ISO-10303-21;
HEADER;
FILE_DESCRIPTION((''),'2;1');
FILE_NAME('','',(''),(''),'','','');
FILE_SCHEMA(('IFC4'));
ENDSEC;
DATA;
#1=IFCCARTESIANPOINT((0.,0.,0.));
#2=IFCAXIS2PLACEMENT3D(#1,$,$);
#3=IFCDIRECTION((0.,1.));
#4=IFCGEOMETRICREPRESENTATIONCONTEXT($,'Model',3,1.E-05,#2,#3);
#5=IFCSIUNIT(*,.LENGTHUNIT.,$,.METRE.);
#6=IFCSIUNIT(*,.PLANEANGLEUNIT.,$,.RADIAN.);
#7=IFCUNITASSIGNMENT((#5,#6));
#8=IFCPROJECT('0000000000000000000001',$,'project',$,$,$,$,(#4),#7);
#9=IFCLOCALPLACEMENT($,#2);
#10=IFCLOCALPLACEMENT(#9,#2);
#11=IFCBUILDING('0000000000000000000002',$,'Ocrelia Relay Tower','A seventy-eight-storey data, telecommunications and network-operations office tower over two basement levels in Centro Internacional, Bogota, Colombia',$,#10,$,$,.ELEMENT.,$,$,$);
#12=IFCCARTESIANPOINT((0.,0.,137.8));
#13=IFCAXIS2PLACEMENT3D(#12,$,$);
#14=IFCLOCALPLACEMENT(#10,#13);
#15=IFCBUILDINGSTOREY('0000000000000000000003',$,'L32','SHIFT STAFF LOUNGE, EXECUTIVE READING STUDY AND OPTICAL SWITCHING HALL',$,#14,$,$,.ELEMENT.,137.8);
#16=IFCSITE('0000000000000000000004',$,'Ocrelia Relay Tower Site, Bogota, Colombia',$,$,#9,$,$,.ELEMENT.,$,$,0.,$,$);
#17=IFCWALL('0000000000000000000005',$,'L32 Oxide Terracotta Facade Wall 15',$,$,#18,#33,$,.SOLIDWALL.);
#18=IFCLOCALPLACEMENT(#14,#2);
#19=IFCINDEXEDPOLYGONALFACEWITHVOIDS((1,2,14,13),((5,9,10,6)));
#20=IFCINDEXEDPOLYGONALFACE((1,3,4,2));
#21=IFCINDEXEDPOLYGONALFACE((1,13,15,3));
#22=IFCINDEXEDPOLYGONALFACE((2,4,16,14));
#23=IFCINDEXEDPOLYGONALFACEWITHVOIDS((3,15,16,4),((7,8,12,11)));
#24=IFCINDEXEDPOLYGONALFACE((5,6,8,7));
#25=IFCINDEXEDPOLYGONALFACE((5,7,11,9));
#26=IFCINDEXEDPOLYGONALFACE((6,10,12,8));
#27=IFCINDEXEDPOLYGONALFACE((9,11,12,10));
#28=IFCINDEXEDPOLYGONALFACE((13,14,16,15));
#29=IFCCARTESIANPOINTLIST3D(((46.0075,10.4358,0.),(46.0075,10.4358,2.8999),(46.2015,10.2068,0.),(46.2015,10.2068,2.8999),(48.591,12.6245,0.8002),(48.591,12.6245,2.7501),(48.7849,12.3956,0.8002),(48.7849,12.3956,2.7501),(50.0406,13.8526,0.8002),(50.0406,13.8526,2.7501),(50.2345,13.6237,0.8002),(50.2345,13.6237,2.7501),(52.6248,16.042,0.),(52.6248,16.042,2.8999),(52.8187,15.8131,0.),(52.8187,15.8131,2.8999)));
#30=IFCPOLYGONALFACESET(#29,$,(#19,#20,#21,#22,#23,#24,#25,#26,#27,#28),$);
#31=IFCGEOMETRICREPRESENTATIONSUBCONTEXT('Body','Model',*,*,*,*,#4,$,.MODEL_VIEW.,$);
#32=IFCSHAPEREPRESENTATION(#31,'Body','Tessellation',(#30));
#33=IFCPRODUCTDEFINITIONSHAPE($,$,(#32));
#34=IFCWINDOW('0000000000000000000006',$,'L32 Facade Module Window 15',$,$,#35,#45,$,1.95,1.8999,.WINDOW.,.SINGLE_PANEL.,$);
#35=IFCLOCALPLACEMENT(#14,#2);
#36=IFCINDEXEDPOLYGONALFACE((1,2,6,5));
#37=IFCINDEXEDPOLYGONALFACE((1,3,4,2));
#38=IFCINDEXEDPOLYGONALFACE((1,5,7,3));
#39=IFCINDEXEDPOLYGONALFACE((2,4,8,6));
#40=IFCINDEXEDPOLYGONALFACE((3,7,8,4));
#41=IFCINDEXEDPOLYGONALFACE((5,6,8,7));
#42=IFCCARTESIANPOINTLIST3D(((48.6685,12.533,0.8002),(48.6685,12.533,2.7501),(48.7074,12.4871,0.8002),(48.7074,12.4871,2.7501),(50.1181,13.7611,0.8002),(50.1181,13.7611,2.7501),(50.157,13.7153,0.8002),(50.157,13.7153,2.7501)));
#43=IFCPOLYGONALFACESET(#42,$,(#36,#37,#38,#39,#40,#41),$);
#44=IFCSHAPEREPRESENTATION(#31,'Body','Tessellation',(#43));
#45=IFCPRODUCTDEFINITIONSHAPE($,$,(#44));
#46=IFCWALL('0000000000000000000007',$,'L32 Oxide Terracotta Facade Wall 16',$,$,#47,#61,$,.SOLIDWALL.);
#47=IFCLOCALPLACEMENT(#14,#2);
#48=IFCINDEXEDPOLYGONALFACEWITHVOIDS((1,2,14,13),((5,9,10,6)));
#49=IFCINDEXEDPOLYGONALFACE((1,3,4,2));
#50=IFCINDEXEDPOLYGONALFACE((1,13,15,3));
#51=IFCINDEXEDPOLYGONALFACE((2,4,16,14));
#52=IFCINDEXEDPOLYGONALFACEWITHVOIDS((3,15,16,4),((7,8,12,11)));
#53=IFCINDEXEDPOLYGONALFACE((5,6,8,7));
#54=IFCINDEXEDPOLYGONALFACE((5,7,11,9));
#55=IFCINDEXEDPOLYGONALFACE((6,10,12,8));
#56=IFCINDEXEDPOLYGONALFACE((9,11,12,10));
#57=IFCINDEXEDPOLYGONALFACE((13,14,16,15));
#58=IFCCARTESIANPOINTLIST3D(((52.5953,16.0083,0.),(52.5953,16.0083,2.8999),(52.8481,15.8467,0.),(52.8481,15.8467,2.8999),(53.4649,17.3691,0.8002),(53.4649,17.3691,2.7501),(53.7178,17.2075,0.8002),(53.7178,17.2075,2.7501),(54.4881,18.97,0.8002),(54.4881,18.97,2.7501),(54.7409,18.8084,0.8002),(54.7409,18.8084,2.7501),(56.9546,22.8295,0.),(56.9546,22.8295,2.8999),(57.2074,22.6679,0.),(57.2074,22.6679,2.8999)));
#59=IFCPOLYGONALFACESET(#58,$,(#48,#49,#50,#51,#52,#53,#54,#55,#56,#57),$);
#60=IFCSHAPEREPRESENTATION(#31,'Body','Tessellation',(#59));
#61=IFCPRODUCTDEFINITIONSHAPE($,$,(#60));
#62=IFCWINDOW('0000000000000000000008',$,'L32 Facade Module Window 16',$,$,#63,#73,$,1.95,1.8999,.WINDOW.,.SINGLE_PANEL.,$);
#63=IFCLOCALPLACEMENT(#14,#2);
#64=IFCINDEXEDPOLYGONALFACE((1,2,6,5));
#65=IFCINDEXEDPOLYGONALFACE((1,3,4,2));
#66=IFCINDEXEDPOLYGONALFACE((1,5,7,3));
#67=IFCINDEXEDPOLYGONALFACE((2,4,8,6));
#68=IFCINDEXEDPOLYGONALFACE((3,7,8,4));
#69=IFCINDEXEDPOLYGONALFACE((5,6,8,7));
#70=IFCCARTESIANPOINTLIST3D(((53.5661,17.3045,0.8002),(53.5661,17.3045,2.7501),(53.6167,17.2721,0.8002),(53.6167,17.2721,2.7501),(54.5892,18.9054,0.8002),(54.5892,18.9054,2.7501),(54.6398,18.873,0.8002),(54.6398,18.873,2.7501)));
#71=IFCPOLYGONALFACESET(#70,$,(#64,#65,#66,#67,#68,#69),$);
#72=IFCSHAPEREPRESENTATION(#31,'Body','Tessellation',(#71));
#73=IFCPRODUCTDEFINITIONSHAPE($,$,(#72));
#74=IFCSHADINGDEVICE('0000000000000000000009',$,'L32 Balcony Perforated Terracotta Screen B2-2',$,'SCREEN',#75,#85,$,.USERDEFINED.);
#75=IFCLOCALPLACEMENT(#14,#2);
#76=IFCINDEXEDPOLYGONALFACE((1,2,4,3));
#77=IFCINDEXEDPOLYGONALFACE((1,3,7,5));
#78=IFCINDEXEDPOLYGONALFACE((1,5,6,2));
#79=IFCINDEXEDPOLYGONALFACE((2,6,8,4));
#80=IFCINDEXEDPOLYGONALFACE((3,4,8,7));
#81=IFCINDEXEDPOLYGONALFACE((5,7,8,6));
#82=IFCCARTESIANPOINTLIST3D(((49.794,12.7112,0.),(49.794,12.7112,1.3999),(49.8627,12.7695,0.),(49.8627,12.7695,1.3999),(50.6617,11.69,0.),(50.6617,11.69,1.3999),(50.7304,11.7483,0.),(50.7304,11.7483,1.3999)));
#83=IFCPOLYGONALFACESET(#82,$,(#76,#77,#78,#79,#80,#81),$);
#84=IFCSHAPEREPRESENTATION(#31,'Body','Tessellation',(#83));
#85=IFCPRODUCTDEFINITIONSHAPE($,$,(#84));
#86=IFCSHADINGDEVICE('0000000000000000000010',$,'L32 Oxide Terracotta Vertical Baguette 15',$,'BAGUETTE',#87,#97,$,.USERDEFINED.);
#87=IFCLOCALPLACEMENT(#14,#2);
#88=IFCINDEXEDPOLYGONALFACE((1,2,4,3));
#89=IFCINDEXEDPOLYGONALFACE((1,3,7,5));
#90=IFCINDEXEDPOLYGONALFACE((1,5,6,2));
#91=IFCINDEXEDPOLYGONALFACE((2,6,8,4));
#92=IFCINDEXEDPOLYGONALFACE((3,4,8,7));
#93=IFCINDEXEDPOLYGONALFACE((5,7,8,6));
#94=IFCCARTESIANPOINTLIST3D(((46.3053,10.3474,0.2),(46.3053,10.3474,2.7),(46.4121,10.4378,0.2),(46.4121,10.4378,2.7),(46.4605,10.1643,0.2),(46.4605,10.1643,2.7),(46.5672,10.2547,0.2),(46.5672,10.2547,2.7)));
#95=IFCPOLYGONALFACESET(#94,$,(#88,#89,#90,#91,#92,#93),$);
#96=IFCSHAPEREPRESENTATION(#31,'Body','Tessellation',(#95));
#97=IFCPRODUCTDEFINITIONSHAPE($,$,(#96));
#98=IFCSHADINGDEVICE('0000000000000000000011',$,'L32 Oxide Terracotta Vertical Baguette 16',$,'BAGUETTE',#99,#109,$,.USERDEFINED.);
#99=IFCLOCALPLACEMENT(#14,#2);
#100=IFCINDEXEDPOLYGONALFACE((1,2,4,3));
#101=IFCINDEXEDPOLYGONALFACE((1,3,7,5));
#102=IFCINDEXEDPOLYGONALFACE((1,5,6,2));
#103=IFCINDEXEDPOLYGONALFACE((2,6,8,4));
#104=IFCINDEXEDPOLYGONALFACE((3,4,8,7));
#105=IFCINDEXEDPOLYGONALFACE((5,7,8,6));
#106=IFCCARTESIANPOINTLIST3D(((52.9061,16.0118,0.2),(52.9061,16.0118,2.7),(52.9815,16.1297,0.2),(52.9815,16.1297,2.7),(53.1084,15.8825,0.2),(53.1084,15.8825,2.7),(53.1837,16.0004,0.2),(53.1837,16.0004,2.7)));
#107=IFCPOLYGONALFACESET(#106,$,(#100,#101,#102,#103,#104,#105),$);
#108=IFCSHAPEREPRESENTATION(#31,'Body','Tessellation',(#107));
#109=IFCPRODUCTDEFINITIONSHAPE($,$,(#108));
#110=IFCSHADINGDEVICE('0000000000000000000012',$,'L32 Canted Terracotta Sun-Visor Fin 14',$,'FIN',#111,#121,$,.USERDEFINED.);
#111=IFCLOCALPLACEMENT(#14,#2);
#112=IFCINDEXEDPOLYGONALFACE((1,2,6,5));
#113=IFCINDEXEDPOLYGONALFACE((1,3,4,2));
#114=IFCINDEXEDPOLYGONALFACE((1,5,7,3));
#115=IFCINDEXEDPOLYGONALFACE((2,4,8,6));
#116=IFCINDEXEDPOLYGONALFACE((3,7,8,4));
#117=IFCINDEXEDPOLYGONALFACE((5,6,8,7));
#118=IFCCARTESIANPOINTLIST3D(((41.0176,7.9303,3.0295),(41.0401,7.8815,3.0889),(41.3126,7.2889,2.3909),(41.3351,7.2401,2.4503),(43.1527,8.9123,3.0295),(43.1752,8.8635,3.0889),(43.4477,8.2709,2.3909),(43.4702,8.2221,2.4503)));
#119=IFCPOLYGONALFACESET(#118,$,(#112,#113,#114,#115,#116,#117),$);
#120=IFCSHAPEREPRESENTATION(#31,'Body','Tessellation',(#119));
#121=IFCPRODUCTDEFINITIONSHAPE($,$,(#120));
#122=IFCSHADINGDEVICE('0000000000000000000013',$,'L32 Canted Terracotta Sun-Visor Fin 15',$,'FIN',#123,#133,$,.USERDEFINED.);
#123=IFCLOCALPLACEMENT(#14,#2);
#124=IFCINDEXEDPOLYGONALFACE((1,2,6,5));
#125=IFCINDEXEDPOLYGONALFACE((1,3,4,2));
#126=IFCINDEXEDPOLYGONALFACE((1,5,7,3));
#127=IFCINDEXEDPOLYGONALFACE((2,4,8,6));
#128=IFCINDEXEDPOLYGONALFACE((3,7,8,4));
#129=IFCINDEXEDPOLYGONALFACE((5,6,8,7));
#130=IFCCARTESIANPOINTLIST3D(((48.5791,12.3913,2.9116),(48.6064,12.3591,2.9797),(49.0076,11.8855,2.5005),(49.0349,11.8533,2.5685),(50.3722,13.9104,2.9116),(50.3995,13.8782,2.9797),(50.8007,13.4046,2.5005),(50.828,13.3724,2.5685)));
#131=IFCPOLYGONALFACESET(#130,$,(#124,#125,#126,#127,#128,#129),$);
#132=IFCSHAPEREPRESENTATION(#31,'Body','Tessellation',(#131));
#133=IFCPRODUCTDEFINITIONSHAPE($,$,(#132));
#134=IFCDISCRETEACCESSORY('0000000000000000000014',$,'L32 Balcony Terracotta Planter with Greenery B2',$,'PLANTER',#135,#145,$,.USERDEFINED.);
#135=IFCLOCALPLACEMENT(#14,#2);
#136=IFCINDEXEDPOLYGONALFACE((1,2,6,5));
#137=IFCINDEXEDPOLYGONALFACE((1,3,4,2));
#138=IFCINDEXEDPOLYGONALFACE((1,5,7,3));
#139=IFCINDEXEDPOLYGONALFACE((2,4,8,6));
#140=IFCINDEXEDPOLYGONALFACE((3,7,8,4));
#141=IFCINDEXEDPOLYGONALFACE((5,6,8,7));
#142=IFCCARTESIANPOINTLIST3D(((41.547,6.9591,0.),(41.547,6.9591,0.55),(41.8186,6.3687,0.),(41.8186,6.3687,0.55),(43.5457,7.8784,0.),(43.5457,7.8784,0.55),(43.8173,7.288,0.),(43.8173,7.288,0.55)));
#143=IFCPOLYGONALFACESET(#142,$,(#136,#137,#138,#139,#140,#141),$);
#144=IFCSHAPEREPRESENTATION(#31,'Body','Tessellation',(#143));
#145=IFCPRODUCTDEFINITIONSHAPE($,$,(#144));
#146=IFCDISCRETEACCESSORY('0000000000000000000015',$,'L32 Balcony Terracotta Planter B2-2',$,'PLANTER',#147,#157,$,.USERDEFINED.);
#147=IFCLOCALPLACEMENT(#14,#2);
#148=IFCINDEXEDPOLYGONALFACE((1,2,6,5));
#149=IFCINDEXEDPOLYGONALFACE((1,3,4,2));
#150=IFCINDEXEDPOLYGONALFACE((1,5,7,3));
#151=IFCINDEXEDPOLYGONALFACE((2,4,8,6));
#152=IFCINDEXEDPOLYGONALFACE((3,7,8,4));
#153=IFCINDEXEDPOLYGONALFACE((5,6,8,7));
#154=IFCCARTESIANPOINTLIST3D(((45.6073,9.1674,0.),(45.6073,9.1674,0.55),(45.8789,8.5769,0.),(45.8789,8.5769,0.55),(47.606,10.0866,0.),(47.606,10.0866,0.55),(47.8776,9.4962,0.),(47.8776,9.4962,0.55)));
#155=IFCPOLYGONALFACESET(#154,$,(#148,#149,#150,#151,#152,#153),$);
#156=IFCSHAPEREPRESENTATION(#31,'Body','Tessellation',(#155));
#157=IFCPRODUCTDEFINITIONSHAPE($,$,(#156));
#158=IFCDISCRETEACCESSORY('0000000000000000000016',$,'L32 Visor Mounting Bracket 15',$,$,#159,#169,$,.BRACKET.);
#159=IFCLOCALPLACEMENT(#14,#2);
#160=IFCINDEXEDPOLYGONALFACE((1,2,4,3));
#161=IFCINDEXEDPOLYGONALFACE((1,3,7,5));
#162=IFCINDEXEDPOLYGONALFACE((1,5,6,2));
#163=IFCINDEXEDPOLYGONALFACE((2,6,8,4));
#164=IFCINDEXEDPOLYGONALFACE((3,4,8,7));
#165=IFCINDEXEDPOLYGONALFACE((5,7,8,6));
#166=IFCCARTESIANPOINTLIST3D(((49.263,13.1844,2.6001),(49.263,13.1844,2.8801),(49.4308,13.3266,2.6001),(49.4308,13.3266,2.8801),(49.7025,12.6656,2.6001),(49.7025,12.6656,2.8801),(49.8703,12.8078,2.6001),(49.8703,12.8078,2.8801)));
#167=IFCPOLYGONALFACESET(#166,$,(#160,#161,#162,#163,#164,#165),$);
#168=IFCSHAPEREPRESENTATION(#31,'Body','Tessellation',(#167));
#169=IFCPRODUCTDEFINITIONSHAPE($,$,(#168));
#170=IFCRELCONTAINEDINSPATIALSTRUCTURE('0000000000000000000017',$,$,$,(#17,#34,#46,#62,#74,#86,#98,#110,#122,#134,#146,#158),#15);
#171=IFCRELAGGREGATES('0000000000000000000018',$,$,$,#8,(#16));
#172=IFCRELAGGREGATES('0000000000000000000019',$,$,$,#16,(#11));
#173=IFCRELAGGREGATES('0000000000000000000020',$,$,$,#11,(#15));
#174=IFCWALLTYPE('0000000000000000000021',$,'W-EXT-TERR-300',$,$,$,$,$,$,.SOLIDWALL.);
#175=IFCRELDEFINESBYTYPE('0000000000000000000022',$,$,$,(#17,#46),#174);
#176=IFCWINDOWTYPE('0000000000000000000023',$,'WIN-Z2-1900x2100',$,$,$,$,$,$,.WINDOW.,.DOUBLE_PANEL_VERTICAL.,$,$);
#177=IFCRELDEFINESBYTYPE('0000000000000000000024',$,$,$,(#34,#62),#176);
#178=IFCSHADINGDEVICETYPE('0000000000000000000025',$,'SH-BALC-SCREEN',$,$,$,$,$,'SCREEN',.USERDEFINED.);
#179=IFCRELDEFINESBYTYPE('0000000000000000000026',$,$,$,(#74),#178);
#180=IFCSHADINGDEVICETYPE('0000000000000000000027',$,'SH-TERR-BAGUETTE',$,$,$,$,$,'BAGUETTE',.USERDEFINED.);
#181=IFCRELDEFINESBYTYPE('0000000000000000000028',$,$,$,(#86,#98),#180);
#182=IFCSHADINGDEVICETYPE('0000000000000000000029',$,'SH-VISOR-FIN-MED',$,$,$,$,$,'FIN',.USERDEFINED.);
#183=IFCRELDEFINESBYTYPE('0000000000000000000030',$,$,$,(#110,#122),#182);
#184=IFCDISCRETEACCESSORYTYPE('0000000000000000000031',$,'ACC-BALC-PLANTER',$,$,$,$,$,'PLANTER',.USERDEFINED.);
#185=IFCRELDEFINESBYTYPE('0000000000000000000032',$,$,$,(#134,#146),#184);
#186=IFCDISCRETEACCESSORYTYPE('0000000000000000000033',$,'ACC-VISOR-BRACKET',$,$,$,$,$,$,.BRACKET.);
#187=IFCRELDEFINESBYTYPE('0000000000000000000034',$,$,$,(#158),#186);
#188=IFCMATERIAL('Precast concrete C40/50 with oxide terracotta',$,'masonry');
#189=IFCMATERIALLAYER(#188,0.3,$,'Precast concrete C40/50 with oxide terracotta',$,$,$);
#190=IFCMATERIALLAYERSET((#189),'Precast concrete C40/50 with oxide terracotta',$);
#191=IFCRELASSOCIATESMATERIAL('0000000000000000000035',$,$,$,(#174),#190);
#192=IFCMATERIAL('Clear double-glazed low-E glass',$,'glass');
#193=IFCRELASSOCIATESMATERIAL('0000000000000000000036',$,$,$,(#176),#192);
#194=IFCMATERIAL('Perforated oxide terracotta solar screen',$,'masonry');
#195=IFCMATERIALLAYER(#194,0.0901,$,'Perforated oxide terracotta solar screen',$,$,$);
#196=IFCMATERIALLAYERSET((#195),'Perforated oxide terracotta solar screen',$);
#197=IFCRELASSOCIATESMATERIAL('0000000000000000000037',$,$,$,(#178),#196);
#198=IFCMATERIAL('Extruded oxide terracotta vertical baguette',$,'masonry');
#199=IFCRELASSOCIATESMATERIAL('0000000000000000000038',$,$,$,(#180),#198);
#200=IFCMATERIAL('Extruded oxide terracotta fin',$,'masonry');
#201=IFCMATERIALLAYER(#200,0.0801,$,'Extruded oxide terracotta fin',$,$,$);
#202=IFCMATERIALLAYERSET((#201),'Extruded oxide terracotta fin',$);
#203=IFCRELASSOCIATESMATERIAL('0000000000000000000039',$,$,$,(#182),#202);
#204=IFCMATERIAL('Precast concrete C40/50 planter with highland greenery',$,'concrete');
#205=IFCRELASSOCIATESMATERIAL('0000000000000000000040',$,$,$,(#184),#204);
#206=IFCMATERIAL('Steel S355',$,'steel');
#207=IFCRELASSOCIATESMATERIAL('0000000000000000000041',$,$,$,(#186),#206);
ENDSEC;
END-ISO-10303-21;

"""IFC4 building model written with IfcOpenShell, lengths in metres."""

from ifc_helpers import new_model, si_unit, direction, frame, frame_2d, origin, origin_2d, place, context, subcontext, project, spatial, rectangle, extrude, material, layer, layer_set, type_object, element, fill, save


model = new_model("IFC4")

# Units and contexts
model_context = context("Model", 3, precision=1e-05, world=origin(), true_north=direction((0.0, 1.0)))
body_context = subcontext(model_context, "Body", "Model", "MODEL_VIEW")
ifc_project = project(units=[si_unit("LENGTHUNIT", "METRE"), si_unit("PLANEANGLEUNIT", "RADIAN")], contexts=[model_context])

# Site, building, storey
site_placement = place(None, origin())
site = spatial("IfcSite", under=ifc_project, at=site_placement, Name="Ocrelia Relay Tower Site, Bogota, Colombia", CompositionType="ELEMENT", RefElevation=0.0)
building_placement = place(site_placement, origin())
building = spatial("IfcBuilding", under=site, at=building_placement, Name="Ocrelia Relay Tower", Description="A seventy-eight-storey data, telecommunications and network-operations office tower over two basement levels in Centro Internacional, Bogota, Colombia", CompositionType="ELEMENT")
storey_placement = place(building_placement, frame((0.0, 0.0, 137.8)))
storey = spatial("IfcBuildingStorey", under=building, at=storey_placement, Name="L32", Description="SHIFT STAFF LOUNGE, EXECUTIVE READING STUDY AND OPTICAL SWITCHING HALL", CompositionType="ELEMENT", Elevation=137.8)

# Shared definitions
ifc_material_1 = material(Name="Steel S355", Category="steel")

# Walls, openings, windows
ifc_material_2 = material(Name="Precast concrete C40/50 with oxide terracotta", Category="masonry")
ifc_layer_1 = layer(ifc_material_2, 0.3, Name="Precast concrete C40/50 with oxide terracotta")
ifc_layer_set_1 = layer_set([ifc_layer_1], Name="Precast concrete C40/50 with oxide terracotta")
wall_type = type_object("IfcWallType", Name="W-EXT-TERR-300", PredefinedType="SOLIDWALL", material=ifc_layer_set_1)
wall_1_placement = place(storey_placement, frame((46.1045, 10.3213, 0.0), z_axis=(0.0, 0.0, 1.0), x_axis=(0.762986, 0.646415, 0.0)))
wall_1 = element("IfcWall", 1, at=wall_1_placement, inside=storey, type_object=wall_type, Name="L32 Oxide Terracotta Facade Wall 15", PredefinedType="SOLIDWALL", context=body_context, shape_type="SweptSolid", body=[
    extrude(rectangle(XDim=8.6729, YDim=0.3, at=frame_2d((4.3364, 0.0))), origin(), (0.0, 0.0, 1.0), 2.8999),
])
opening_1_placement = place(wall_1_placement, frame((3.386, 0.0, 0.8)))
opening_1 = element("IfcOpeningElement", 2, at=opening_1_placement, cuts=wall_1, PredefinedType="OPENING", context=body_context, shape_type="SweptSolid", body=[
    extrude(rectangle(XDim=1.8999, YDim=1.95, at=frame_2d((0.95, 0.9751))), frame((0.0, 0.1602, 0.0), z_axis=(0.0, -1.0, 0.0), x_axis=(1.0, 0.0, 0.0)), (0.0, 0.0, 1.0), 0.3201),
])
ifc_material_3 = material(Name="Clear double-glazed low-E glass", Category="glass")
window_type = type_object("IfcWindowType", Name="WIN-Z2-1900x2100", PartitioningType="DOUBLE_PANEL_VERTICAL", PredefinedType="WINDOW", material=ifc_material_3)
window_1_placement = place(opening_1_placement, origin())
window_1 = element("IfcWindow", 3, at=window_1_placement, inside=storey, type_object=window_type, Name="L32 Facade Module Window 15", OverallHeight=1.95, OverallWidth=1.8999, PartitioningType="SINGLE_PANEL", PredefinedType="WINDOW", context=body_context, shape_type="SweptSolid", body=[
    extrude(rectangle(XDim=1.8999, YDim=1.95, at=frame_2d((0.95, 0.9751))), frame((0.0, 0.03, 0.0), z_axis=(0.0, -1.0, 0.0), x_axis=(1.0, 0.0, 0.0)), (0.0, 0.0, 1.0), 0.0601),
])
fill(opening_1, window_1)
wall_2_placement = place(storey_placement, frame((52.7217, 15.9275, 0.0), z_axis=(0.0, 0.0, 1.0), x_axis=(0.538506, 0.842622, 0.0)))
wall_2 = element("IfcWall", 4, at=wall_2_placement, inside=storey, type_object=wall_type, Name="L32 Oxide Terracotta Facade Wall 16", PredefinedType="SOLIDWALL", context=body_context, shape_type="SweptSolid", body=[
    extrude(rectangle(XDim=8.0952, YDim=0.3, at=frame_2d((4.0476, 0.0))), origin(), (0.0, 0.0, 1.0), 2.8999),
])
opening_2_placement = place(wall_2_placement, frame((1.615, 0.0, 0.8)))
opening_2 = element("IfcOpeningElement", 5, at=opening_2_placement, cuts=wall_2, PredefinedType="OPENING", context=body_context, shape_type="SweptSolid", body=[
    extrude(rectangle(XDim=1.8999, YDim=1.95, at=frame_2d((0.95, 0.9751))), frame((0.0, 0.1602, 0.0), z_axis=(0.0, -1.0, 0.0), x_axis=(1.0, 0.0, 0.0)), (0.0, 0.0, 1.0), 0.3201),
])
window_2_placement = place(opening_2_placement, origin())
window_2 = element("IfcWindow", 6, at=window_2_placement, inside=storey, type_object=window_type, Name="L32 Facade Module Window 16", OverallHeight=1.95, OverallWidth=1.8999, PartitioningType="SINGLE_PANEL", PredefinedType="WINDOW", context=body_context, shape_type="SweptSolid", body=[
    extrude(rectangle(XDim=1.8999, YDim=1.95, at=frame_2d((0.95, 0.9751))), frame((0.0, 0.03, 0.0), z_axis=(0.0, -1.0, 0.0), x_axis=(1.0, 0.0, 0.0)), (0.0, 0.0, 1.0), 0.0601),
])
fill(opening_2, window_2)

# Shading devices
ifc_material_4 = material(Name="Perforated oxide terracotta solar screen", Category="masonry")
ifc_layer_2 = layer(ifc_material_4, 0.0901, Name="Perforated oxide terracotta solar screen")
ifc_layer_set_2 = layer_set([ifc_layer_2], Name="Perforated oxide terracotta solar screen")
shading_device_type_1 = type_object("IfcShadingDeviceType", Name="SH-BALC-SCREEN", ElementType="SCREEN", PredefinedType="USERDEFINED", material=ifc_layer_set_2)
shading_device_1_placement = place(storey_placement, frame((50.2622, 12.2297, 0.0), z_axis=(0.0, 0.0, 1.0), x_axis=(0.647517, -0.762051, 0.0)))
element("IfcShadingDevice", 7, at=shading_device_1_placement, inside=storey, type_object=shading_device_type_1, Name="L32 Balcony Perforated Terracotta Screen B2-2", ObjectType="SCREEN", PredefinedType="USERDEFINED", context=body_context, shape_type="SweptSolid", body=[
    extrude(rectangle(XDim=1.3401, YDim=0.0901, at=origin_2d()), origin(), (0.0, 0.0, 1.0), 1.3999),
])
ifc_material_5 = material(Name="Extruded oxide terracotta vertical baguette", Category="masonry")
shading_device_type_2 = type_object("IfcShadingDeviceType", Name="SH-TERR-BAGUETTE", ElementType="BAGUETTE", PredefinedType="USERDEFINED", material=ifc_material_5)
for number, where, z_axis, x_axis, name in (
    (8, (46.4363, 10.301, 0.2), (0.0, 0.0, 1.0), (0.76299, 0.64641, 0.0), "L32 Oxide Terracotta Vertical Baguette 15"),
    (9, (53.0449, 16.0061, 0.2), (0.0, 0.0, 1.0), (0.53851, 0.842619, 0.0), "L32 Oxide Terracotta Vertical Baguette 16"),
):
    element("IfcShadingDevice", number, at=place(storey_placement, frame(where, z_axis=z_axis, x_axis=x_axis)), inside=storey, type_object=shading_device_type_2, Name=name, ObjectType="BAGUETTE", PredefinedType="USERDEFINED", context=body_context, shape_type="SweptSolid", body=[
        extrude(rectangle(XDim=0.1399, YDim=0.24, at=origin_2d()), origin(), (0.0, 0.0, 1.0), 2.5),
    ])
ifc_material_6 = material(Name="Extruded oxide terracotta fin", Category="masonry")
ifc_layer_3 = layer(ifc_material_6, 0.0801, Name="Extruded oxide terracotta fin")
ifc_layer_set_3 = layer_set([ifc_layer_3], Name="Extruded oxide terracotta fin")
shading_device_type_3 = type_object("IfcShadingDeviceType", Name="SH-VISOR-FIN-MED", ElementType="FIN", PredefinedType="USERDEFINED", material=ifc_layer_set_3)
shading_device_2_placement = place(storey_placement, frame((42.2327, 8.1006, 2.7102), z_axis=(0.280309, -0.609442, 0.741625), x_axis=(0.90851, 0.417863, 0.0)))
element("IfcShadingDevice", 10, at=shading_device_2_placement, inside=storey, type_object=shading_device_type_3, Name="L32 Canted Terracotta Sun-Visor Fin 14", ObjectType="FIN", PredefinedType="USERDEFINED", context=body_context, shape_type="SweptSolid", body=[
    extrude(rectangle(XDim=2.3501, YDim=0.9519, at=origin_2d()), origin(), (0.0, 0.0, 1.0), 0.0801),
])
shading_device_3_placement = place(storey_placement, frame((49.6899, 12.8979, 2.7061), z_axis=(0.340725, -0.402175, 0.849801), x_axis=(0.76299, 0.64641, 0.0)))
element("IfcShadingDevice", 11, at=shading_device_3_placement, inside=storey, type_object=shading_device_type_3, Name="L32 Canted Terracotta Sun-Visor Fin 15", ObjectType="FIN", PredefinedType="USERDEFINED", context=body_context, shape_type="SweptSolid", body=[
    extrude(rectangle(XDim=2.3501, YDim=0.78, at=origin_2d()), origin(), (0.0, 0.0, 1.0), 0.0801),
])

# Discrete accessories
ifc_material_7 = material(Name="Precast concrete C40/50 planter with highland greenery", Category="concrete")
discrete_accessory_type_1 = type_object("IfcDiscreteAccessoryType", Name="ACC-BALC-PLANTER", ElementType="PLANTER", PredefinedType="USERDEFINED", material=ifc_material_7)
for number, where, z_axis, x_axis, name in (
    (12, (42.6821, 7.1235, 0.0), (0.0, 0.0, 1.0), (-0.908509, -0.417865, 0.0), "L32 Balcony Terracotta Planter with Greenery B2"),
    (13, (46.7424, 9.3318, 0.0), (0.0, 0.0, 1.0), (-0.908509, -0.417865, 0.0), "L32 Balcony Terracotta Planter B2-2"),
):
    element("IfcDiscreteAccessory", number, at=place(storey_placement, frame(where, z_axis=z_axis, x_axis=x_axis)), inside=storey, type_object=discrete_accessory_type_1, Name=name, ObjectType="PLANTER", PredefinedType="USERDEFINED", context=body_context, shape_type="SweptSolid", body=[
        extrude(rectangle(XDim=2.2, YDim=0.6499, at=origin_2d()), origin(), (0.0, 0.0, 1.0), 0.55),
    ])
discrete_accessory_type_2 = type_object("IfcDiscreteAccessoryType", Name="ACC-VISOR-BRACKET", PredefinedType="BRACKET", material=ifc_material_1)
discrete_accessory_placement = place(storey_placement, frame((49.5667, 12.9961, 2.6001), z_axis=(0.0, 0.0, 1.0), x_axis=(0.76299, 0.64641, 0.0)))
element("IfcDiscreteAccessory", 14, at=discrete_accessory_placement, inside=storey, type_object=discrete_accessory_type_2, Name="L32 Visor Mounting Bracket 15", PredefinedType="BRACKET", context=body_context, shape_type="SweptSolid", body=[
    extrude(rectangle(XDim=0.22, YDim=0.6799, at=origin_2d()), origin(), (0.0, 0.0, 1.0), 0.28),
])

save(model, "model.ifc")
